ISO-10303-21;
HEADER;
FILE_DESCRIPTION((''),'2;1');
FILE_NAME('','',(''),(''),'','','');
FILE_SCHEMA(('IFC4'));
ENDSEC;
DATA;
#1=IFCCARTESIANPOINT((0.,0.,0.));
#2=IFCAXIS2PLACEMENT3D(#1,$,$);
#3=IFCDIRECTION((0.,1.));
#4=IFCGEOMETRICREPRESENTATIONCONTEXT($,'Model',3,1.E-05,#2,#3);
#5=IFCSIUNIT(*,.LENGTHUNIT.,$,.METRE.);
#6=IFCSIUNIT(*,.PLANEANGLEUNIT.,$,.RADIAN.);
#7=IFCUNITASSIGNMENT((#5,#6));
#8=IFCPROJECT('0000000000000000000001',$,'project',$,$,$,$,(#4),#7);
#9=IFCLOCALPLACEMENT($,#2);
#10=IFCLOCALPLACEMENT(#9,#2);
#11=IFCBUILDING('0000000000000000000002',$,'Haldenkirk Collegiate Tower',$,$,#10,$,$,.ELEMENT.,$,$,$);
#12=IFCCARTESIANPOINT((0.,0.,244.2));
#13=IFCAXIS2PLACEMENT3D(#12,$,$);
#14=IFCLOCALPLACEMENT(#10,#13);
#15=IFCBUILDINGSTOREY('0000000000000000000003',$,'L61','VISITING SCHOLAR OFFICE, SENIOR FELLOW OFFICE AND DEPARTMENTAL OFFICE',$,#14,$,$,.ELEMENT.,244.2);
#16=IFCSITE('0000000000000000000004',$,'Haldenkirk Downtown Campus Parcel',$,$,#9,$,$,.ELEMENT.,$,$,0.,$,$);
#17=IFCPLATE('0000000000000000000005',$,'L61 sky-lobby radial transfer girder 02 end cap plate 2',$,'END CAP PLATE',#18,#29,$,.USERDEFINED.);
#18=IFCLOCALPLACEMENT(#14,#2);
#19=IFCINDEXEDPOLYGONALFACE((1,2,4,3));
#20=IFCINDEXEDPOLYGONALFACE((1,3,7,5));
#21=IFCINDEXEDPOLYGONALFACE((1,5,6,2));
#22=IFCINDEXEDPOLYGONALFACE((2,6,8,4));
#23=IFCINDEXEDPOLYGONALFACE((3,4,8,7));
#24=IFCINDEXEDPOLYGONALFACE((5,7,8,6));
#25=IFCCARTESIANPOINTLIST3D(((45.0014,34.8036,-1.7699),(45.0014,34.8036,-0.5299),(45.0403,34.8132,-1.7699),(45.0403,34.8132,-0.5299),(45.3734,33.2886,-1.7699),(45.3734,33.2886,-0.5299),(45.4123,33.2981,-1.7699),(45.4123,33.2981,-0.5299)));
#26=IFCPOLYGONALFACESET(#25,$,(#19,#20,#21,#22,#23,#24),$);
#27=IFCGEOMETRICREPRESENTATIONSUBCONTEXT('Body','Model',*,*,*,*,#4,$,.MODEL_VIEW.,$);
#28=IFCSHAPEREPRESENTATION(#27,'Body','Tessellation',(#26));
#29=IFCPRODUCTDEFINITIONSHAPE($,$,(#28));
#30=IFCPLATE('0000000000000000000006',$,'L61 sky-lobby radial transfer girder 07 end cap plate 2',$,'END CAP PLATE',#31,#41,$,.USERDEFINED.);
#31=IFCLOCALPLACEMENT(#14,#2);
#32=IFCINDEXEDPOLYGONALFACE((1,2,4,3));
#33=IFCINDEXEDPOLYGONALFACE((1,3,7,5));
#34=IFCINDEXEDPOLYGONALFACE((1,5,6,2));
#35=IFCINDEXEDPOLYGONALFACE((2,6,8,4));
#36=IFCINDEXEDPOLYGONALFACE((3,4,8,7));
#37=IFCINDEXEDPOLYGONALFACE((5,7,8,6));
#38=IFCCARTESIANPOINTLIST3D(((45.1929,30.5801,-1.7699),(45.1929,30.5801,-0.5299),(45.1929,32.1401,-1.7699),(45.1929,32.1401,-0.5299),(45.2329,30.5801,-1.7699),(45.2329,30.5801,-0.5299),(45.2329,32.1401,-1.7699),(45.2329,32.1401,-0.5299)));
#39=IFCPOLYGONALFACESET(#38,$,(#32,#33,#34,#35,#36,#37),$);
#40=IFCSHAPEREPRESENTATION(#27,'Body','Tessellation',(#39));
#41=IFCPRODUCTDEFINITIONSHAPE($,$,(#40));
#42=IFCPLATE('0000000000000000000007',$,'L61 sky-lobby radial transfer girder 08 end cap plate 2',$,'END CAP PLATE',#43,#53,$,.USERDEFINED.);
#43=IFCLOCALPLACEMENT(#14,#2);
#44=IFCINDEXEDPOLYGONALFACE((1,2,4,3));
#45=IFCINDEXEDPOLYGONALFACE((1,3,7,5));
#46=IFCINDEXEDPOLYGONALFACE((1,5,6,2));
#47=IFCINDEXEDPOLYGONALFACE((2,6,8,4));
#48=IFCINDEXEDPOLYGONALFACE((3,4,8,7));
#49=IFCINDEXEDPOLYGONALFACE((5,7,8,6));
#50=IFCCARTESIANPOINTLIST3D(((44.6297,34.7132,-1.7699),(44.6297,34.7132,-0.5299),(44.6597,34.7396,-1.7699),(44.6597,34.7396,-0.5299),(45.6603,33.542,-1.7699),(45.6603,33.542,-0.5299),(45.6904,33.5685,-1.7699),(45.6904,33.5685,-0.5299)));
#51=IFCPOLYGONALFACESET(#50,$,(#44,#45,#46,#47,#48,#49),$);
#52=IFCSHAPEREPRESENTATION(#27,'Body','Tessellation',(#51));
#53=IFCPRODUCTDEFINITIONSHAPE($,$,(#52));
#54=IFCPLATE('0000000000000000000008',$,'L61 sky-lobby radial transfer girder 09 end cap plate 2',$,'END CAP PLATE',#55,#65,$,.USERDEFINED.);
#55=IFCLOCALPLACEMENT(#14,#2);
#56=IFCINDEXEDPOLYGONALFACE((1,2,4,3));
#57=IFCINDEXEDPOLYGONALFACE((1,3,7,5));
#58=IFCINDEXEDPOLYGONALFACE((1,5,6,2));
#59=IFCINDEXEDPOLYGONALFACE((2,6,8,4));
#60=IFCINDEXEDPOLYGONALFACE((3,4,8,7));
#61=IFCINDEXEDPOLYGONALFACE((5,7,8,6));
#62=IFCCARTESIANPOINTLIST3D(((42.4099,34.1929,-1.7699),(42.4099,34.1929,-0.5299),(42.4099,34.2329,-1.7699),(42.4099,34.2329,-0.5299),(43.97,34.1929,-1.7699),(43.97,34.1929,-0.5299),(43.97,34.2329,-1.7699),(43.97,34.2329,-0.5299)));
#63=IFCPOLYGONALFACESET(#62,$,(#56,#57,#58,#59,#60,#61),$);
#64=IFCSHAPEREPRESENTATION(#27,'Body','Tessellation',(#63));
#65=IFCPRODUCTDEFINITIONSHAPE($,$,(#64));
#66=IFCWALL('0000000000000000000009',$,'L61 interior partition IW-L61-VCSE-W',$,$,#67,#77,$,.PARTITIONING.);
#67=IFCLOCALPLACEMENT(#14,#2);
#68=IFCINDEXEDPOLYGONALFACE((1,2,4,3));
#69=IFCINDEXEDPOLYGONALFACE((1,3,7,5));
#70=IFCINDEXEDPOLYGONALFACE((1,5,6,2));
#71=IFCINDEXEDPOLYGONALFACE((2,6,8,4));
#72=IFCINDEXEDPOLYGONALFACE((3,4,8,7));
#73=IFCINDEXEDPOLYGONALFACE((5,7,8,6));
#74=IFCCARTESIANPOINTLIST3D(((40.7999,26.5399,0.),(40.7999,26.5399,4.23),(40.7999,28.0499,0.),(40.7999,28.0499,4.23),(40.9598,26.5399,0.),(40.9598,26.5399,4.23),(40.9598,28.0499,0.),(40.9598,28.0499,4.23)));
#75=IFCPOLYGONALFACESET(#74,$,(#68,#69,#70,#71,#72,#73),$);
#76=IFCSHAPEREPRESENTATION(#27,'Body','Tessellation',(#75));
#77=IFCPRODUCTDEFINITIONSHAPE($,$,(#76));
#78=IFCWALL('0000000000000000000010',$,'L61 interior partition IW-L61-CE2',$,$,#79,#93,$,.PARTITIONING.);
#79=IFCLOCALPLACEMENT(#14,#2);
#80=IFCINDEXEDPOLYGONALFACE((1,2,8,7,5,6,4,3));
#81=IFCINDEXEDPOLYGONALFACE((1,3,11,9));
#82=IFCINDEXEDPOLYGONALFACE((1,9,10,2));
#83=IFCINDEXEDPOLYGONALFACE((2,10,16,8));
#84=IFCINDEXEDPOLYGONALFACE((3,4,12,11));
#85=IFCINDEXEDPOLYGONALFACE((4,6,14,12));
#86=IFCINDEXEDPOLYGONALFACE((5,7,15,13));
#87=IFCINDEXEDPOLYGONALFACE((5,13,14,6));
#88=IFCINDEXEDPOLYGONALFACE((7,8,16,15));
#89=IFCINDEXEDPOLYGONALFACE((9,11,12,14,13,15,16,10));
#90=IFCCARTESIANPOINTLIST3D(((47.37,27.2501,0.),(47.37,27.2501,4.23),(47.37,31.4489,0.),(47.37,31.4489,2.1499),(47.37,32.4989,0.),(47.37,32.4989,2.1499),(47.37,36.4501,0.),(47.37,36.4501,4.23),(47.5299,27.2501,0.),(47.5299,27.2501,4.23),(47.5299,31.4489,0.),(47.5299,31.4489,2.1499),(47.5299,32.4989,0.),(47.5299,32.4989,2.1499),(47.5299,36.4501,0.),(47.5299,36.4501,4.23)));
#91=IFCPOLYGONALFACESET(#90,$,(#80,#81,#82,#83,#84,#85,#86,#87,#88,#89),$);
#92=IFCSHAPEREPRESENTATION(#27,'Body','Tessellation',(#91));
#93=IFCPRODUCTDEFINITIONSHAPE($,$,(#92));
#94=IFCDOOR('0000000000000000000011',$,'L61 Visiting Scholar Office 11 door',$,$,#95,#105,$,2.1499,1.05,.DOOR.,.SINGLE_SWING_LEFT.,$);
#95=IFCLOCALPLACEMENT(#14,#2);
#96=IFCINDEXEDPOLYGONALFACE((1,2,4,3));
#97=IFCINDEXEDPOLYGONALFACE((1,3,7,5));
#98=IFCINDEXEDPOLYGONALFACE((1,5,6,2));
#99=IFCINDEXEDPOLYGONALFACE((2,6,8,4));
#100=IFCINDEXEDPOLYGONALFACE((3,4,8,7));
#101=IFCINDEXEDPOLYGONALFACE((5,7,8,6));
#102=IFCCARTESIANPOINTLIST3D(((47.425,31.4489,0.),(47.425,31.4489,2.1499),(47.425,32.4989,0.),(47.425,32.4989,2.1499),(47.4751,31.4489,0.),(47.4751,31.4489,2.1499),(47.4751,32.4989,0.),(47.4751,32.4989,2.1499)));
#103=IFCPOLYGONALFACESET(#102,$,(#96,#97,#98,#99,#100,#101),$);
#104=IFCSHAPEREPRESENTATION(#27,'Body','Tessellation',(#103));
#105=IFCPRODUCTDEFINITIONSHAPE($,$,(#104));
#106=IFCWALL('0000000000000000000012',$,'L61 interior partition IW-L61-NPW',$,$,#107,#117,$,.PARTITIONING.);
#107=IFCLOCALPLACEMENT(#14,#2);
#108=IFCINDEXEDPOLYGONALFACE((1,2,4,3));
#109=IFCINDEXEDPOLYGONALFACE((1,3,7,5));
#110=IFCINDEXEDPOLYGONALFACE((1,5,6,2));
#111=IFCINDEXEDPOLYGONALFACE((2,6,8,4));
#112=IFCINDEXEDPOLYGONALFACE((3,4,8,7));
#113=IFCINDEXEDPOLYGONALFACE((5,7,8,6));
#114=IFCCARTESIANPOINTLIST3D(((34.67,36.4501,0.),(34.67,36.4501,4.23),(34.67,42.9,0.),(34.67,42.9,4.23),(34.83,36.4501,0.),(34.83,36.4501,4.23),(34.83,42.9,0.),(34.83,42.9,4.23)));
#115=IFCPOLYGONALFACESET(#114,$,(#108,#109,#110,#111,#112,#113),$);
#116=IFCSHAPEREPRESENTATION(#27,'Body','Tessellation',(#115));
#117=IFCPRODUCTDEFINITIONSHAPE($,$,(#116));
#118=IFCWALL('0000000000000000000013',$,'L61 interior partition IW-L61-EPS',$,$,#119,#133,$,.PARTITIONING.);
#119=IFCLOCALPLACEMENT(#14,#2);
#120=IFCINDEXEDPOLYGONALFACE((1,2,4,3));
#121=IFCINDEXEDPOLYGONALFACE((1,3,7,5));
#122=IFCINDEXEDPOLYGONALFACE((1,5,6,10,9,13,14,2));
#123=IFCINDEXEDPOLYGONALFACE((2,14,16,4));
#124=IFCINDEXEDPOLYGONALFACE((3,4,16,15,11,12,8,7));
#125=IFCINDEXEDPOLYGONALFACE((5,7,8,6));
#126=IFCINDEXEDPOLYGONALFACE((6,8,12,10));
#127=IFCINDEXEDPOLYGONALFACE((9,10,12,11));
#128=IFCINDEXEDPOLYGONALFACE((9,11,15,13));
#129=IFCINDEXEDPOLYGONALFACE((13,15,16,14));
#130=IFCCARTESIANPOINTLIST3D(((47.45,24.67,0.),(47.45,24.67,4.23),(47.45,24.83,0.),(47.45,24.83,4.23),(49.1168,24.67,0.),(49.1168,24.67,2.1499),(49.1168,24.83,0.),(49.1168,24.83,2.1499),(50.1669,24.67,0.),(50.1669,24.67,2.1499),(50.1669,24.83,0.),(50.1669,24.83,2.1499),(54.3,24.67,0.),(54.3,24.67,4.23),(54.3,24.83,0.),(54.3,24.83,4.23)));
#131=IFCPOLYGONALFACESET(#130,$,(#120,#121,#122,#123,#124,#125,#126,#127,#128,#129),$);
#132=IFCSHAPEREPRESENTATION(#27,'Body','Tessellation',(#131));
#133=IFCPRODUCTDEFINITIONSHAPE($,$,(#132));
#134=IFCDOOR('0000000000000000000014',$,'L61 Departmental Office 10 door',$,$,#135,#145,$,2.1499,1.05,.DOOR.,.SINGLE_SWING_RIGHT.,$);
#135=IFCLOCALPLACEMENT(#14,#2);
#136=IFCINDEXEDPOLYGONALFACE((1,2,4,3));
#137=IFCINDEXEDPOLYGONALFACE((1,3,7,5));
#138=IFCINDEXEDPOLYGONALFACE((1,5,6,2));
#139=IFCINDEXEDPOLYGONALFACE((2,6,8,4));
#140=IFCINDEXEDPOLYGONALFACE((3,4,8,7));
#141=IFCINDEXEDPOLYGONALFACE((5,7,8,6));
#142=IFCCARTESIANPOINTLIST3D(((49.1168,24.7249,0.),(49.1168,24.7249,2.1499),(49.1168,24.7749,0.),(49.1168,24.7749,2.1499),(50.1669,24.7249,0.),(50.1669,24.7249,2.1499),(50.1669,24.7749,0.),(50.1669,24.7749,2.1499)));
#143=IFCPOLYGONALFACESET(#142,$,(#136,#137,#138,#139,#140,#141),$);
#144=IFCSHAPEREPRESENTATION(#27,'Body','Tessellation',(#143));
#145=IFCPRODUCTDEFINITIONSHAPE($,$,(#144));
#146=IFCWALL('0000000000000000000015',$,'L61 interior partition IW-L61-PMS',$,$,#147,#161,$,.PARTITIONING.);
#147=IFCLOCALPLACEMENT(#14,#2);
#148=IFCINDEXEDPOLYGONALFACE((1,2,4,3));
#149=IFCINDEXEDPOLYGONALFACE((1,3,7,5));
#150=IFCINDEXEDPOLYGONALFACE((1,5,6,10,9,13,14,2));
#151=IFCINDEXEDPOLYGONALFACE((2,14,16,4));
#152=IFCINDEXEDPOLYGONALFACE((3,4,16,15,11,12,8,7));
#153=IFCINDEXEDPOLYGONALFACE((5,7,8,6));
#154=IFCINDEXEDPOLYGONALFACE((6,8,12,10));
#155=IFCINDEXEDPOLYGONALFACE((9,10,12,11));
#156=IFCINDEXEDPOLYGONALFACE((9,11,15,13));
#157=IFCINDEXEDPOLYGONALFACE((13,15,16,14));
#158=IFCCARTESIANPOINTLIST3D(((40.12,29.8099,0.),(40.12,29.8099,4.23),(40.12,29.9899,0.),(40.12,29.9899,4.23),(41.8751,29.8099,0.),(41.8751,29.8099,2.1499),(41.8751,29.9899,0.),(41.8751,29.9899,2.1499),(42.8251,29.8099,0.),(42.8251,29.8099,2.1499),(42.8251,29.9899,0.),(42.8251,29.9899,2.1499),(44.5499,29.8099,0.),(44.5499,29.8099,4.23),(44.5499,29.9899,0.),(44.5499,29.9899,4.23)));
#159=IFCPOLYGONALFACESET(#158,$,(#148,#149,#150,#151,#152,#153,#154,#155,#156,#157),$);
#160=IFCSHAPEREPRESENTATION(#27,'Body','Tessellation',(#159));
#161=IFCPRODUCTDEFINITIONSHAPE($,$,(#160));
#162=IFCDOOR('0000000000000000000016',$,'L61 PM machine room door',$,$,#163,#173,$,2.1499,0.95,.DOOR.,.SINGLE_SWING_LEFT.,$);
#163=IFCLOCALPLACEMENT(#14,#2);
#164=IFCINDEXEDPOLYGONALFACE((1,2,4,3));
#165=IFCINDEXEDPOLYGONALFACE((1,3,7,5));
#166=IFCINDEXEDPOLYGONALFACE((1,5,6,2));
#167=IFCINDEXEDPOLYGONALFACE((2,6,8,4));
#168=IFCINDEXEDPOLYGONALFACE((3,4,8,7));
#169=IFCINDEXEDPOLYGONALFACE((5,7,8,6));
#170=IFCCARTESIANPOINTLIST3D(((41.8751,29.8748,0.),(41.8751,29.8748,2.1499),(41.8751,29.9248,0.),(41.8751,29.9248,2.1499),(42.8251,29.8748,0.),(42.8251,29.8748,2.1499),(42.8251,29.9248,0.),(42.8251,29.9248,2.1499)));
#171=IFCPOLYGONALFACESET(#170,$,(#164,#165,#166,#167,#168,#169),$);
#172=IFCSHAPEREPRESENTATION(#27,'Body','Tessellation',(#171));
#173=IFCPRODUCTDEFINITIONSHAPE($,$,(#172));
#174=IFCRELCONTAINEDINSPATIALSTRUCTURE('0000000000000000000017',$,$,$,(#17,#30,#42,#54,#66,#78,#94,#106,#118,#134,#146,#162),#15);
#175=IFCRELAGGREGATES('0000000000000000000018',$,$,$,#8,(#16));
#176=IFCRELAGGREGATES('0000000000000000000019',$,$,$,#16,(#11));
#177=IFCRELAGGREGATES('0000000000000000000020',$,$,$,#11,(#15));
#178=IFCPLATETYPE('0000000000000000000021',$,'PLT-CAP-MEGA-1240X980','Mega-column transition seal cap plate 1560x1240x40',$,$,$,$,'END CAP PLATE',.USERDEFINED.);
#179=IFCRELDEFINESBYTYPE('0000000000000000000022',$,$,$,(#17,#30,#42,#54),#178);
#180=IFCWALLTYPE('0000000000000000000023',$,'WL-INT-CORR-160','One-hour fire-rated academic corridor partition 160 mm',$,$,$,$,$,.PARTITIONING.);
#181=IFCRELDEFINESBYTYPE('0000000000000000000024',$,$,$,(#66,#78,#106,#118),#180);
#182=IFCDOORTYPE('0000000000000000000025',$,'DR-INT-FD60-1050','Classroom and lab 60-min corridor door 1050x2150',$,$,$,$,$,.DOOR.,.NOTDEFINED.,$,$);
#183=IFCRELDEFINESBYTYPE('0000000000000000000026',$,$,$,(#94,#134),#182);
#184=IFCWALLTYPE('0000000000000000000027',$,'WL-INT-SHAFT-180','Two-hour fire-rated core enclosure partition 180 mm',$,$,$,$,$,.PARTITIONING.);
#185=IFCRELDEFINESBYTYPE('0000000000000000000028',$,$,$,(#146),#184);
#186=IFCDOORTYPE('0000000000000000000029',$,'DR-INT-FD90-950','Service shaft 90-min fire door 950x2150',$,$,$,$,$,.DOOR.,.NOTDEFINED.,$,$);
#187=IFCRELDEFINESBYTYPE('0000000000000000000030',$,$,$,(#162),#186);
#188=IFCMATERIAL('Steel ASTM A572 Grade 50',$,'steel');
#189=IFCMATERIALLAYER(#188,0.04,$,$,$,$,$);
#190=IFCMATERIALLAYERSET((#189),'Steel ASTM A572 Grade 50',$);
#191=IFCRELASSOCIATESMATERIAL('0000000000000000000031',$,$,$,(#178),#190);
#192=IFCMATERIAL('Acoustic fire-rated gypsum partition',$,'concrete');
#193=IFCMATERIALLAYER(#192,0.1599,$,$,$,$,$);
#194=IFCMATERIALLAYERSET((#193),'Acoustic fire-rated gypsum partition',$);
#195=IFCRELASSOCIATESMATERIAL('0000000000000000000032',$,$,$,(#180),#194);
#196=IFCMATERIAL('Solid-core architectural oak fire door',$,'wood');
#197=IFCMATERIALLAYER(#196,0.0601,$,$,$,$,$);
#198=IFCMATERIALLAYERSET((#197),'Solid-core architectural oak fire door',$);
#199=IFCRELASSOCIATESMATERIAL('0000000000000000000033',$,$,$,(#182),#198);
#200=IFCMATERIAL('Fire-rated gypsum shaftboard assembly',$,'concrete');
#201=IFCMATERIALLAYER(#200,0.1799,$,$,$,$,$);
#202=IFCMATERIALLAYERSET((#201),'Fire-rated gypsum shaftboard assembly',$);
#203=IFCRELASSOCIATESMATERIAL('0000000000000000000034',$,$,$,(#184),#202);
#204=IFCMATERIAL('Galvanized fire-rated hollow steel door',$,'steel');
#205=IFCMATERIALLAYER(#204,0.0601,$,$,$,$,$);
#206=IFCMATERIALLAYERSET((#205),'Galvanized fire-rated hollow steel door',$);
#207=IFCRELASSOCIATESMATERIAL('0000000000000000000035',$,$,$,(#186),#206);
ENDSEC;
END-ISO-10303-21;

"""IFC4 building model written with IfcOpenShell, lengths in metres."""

from ifc_helpers import new_model, si_unit, direction, frame, frame_2d, origin, origin_2d, place, context, subcontext, project, spatial, rectangle, extrude, source, transform, mapped, material, layer, layer_set, type_object, element, fill, save


model = new_model("IFC4")

# Units and contexts
model_context = context("Model", 3, precision=1e-05, world=origin(), true_north=direction((0.0, 1.0)))
body_context = subcontext(model_context, "Body", "Model", "MODEL_VIEW")
ifc_project = project(units=[si_unit("LENGTHUNIT", "METRE"), si_unit("PLANEANGLEUNIT", "RADIAN")], contexts=[model_context])

# Site, building, storey
site_placement = place(None, origin())
site = spatial("IfcSite", under=ifc_project, at=site_placement, Name="Haldenkirk Downtown Campus Parcel", CompositionType="ELEMENT", RefElevation=0.0)
building_placement = place(site_placement, origin())
building = spatial("IfcBuilding", under=site, at=building_placement, Name="Haldenkirk Collegiate Tower", CompositionType="ELEMENT")
storey_placement = place(building_placement, frame((0.0, 0.0, 244.2)))
storey = spatial("IfcBuildingStorey", under=building, at=storey_placement, Name="L61", Description="VISITING SCHOLAR OFFICE, SENIOR FELLOW OFFICE AND DEPARTMENTAL OFFICE", CompositionType="ELEMENT", Elevation=244.2)

# Plates
ifc_material_1 = material(Name="Steel ASTM A572 Grade 50", Category="steel")
ifc_layer_1 = layer(ifc_material_1, 0.04)
ifc_layer_set_1 = layer_set([ifc_layer_1], Name="Steel ASTM A572 Grade 50")
plate_type = type_object("IfcPlateType", Name="PLT-CAP-MEGA-1240X980", Description="Mega-column transition seal cap plate 1560x1240x40", ElementType="END CAP PLATE", PredefinedType="USERDEFINED", material=ifc_layer_set_1)
shared_shape = source(origin(), body_context, "Body", "SweptSolid", [
    extrude(rectangle(XDim=1.5601, YDim=1.24, at=origin_2d()), origin(), (0.0, 0.0, 1.0), 0.04),
])
for number, where, z_axis, x_axis, name in (
    (1, (45.2263, 34.0557, -1.1499), (-0.971157, -0.238442, 0.0), (0.238442, -0.971157, 0.0), "L61 sky-lobby radial transfer girder 02 end cap plate 2"),
    (2, (45.2329, 31.3601, -1.1499), (-1.0, 0.0, 0.0), (0.0, -1.0, 0.0), "L61 sky-lobby radial transfer girder 07 end cap plate 2"),
    (3, (45.175, 34.1541, -1.1499), (-0.750685, -0.66066, 0.0), (0.66066, -0.750685, 0.0), "L61 sky-lobby radial transfer girder 08 end cap plate 2"),
    (4, (43.1899, 34.2329, -1.1499), (0.0, -1.0, 0.0), (1.0, 0.0, 0.0), "L61 sky-lobby radial transfer girder 09 end cap plate 2"),
):
    element("IfcPlate", number, at=place(storey_placement, frame(where, z_axis=z_axis, x_axis=x_axis)), inside=storey, type_object=plate_type, Name=name, ObjectType="END CAP PLATE", PredefinedType="USERDEFINED", context=body_context, shape_type="MappedRepresentation", body=[
        mapped(shared_shape, transform((0.0, 0.0, 0.0), x_axis=(1.0, 0.0, 0.0), y_axis=(0.0, 1.0, 0.0), z_axis=(0.0, 0.0, 1.0), scale=1.0)),
    ])

# Shared definitions
ifc_material_2 = material(Name="Acoustic fire-rated gypsum partition", Category="concrete")
ifc_layer_2 = layer(ifc_material_2, 0.1599)
ifc_layer_set_2 = layer_set([ifc_layer_2], Name="Acoustic fire-rated gypsum partition")
wall_type_1 = type_object("IfcWallType", Name="WL-INT-CORR-160", Description="One-hour fire-rated academic corridor partition 160 mm", PredefinedType="PARTITIONING", material=ifc_layer_set_2)
ifc_material_3 = material(Name="Solid-core architectural oak fire door", Category="wood")

# Wall
wall_1_placement = place(storey_placement, frame((40.8799, 26.54, 0.0), z_axis=(0.0, 0.0, 1.0), x_axis=(0.0, 1.0, 0.0)))
element("IfcWall", 5, at=wall_1_placement, inside=storey, type_object=wall_type_1, Name="L61 interior partition IW-L61-VCSE-W", PredefinedType="PARTITIONING", context=body_context, shape_type="SweptSolid", body=[
    extrude(rectangle(XDim=1.51, YDim=0.1599, at=frame_2d((0.7549, 0.0))), origin(), (0.0, 0.0, 1.0), 4.23),
])

# Wall, opening, door
wall_2_placement = place(storey_placement, frame((47.45, 27.25, 0.0), z_axis=(0.0, 0.0, 1.0), x_axis=(0.0, 1.0, 0.0)))
wall_2 = element("IfcWall", 6, at=wall_2_placement, inside=storey, type_object=wall_type_1, Name="L61 interior partition IW-L61-CE2", PredefinedType="PARTITIONING", context=body_context, shape_type="SweptSolid", body=[
    extrude(rectangle(XDim=9.2, YDim=0.1599, at=frame_2d((4.6001, 0.0))), origin(), (0.0, 0.0, 1.0), 4.23),
])
opening_1_placement = place(wall_2_placement, frame((4.199, 0.0, 0.0)))
opening_1 = element("IfcOpeningElement", 7, at=opening_1_placement, cuts=wall_2, PredefinedType="OPENING", context=body_context, shape_type="SweptSolid", body=[
    extrude(rectangle(XDim=1.05, YDim=2.1499, at=frame_2d((0.5249, 1.075))), frame((0.0, 0.0898, 0.0), z_axis=(0.0, -1.0, 0.0), x_axis=(1.0, 0.0, 0.0)), (0.0, 0.0, 1.0), 0.1799),
])
ifc_layer_3 = layer(ifc_material_3, 0.0601)
ifc_layer_set_3 = layer_set([ifc_layer_3], Name="Solid-core architectural oak fire door")
door_type_1 = type_object("IfcDoorType", Name="DR-INT-FD60-1050", Description="Classroom and lab 60-min corridor door 1050x2150", OperationType="NOTDEFINED", PredefinedType="DOOR", material=ifc_layer_set_3)
door_1_placement = place(opening_1_placement, origin())
door_1 = element("IfcDoor", 8, at=door_1_placement, inside=storey, type_object=door_type_1, Name="L61 Visiting Scholar Office 11 door", OperationType="SINGLE_SWING_LEFT", OverallHeight=2.1499, OverallWidth=1.05, PredefinedType="DOOR", context=body_context, shape_type="SweptSolid", body=[
    extrude(rectangle(XDim=1.05, YDim=2.1499, at=frame_2d((0.5249, 1.075))), frame((0.0, 0.0249, 0.0), z_axis=(0.0, -1.0, 0.0), x_axis=(1.0, 0.0, 0.0)), (0.0, 0.0, 1.0), 0.05),
])
fill(opening_1, door_1)

# Wall
wall_3_placement = place(storey_placement, frame((34.75, 36.45, 0.0), z_axis=(0.0, 0.0, 1.0), x_axis=(0.0, 1.0, 0.0)))
element("IfcWall", 9, at=wall_3_placement, inside=storey, type_object=wall_type_1, Name="L61 interior partition IW-L61-NPW", PredefinedType="PARTITIONING", context=body_context, shape_type="SweptSolid", body=[
    extrude(rectangle(XDim=6.45, YDim=0.1599, at=frame_2d((3.2251, 0.0))), origin(), (0.0, 0.0, 1.0), 4.23),
])

# Walls, openings, doors
wall_4_placement = place(storey_placement, frame((47.45, 24.75, 0.0), z_axis=(0.0, 0.0, 1.0), x_axis=(1.0, 0.0, 0.0)))
wall_4 = element("IfcWall", 10, at=wall_4_placement, inside=storey, type_object=wall_type_1, Name="L61 interior partition IW-L61-EPS", PredefinedType="PARTITIONING", context=body_context, shape_type="SweptSolid", body=[
    extrude(rectangle(XDim=6.8501, YDim=0.1599, at=frame_2d((3.425, 0.0))), origin(), (0.0, 0.0, 1.0), 4.23),
])
opening_2_placement = place(wall_4_placement, frame((1.667, 0.0, 0.0)))
opening_2 = element("IfcOpeningElement", 11, at=opening_2_placement, cuts=wall_4, PredefinedType="OPENING", context=body_context, shape_type="SweptSolid", body=[
    extrude(rectangle(XDim=1.05, YDim=2.1499, at=frame_2d((0.5249, 1.075))), frame((0.0, 0.0898, 0.0), z_axis=(0.0, -1.0, 0.0), x_axis=(1.0, 0.0, 0.0)), (0.0, 0.0, 1.0), 0.1799),
])
door_2_placement = place(opening_2_placement, origin())
door_2 = element("IfcDoor", 12, at=door_2_placement, inside=storey, type_object=door_type_1, Name="L61 Departmental Office 10 door", OperationType="SINGLE_SWING_RIGHT", OverallHeight=2.1499, OverallWidth=1.05, PredefinedType="DOOR", context=body_context, shape_type="SweptSolid", body=[
    extrude(rectangle(XDim=1.05, YDim=2.1499, at=frame_2d((0.5249, 1.075))), frame((0.0, 0.0249, 0.0), z_axis=(0.0, -1.0, 0.0), x_axis=(1.0, 0.0, 0.0)), (0.0, 0.0, 1.0), 0.05),
])
fill(opening_2, door_2)
ifc_material_4 = material(Name="Fire-rated gypsum shaftboard assembly", Category="concrete")
ifc_layer_4 = layer(ifc_material_4, 0.1799)
ifc_layer_set_4 = layer_set([ifc_layer_4], Name="Fire-rated gypsum shaftboard assembly")
wall_type_2 = type_object("IfcWallType", Name="WL-INT-SHAFT-180", Description="Two-hour fire-rated core enclosure partition 180 mm", PredefinedType="PARTITIONING", material=ifc_layer_set_4)
wall_5_placement = place(storey_placement, frame((40.1201, 29.8999, 0.0), z_axis=(0.0, 0.0, 1.0), x_axis=(1.0, 0.0, 0.0)))
wall_5 = element("IfcWall", 13, at=wall_5_placement, inside=storey, type_object=wall_type_2, Name="L61 interior partition IW-L61-PMS", PredefinedType="PARTITIONING", context=body_context, shape_type="SweptSolid", body=[
    extrude(rectangle(XDim=4.4299, YDim=0.1799, at=frame_2d((2.2148, 0.0))), origin(), (0.0, 0.0, 1.0), 4.23),
])
opening_3_placement = place(wall_5_placement, frame((1.7549, 0.0, 0.0)))
opening_3 = element("IfcOpeningElement", 14, at=opening_3_placement, cuts=wall_5, PredefinedType="OPENING", context=body_context, shape_type="SweptSolid", body=[
    extrude(rectangle(XDim=0.95, YDim=2.1499, at=frame_2d((0.4751, 1.075))), frame((0.0, 0.0999, 0.0), z_axis=(0.0, -1.0, 0.0), x_axis=(1.0, 0.0, 0.0)), (0.0, 0.0, 1.0), 0.2),
])
ifc_material_5 = material(Name="Galvanized fire-rated hollow steel door", Category="steel")
ifc_layer_5 = layer(ifc_material_5, 0.0601)
ifc_layer_set_5 = layer_set([ifc_layer_5], Name="Galvanized fire-rated hollow steel door")
door_type_2 = type_object("IfcDoorType", Name="DR-INT-FD90-950", Description="Service shaft 90-min fire door 950x2150", OperationType="NOTDEFINED", PredefinedType="DOOR", material=ifc_layer_set_5)
door_3_placement = place(opening_3_placement, origin())
door_3 = element("IfcDoor", 15, at=door_3_placement, inside=storey, type_object=door_type_2, Name="L61 PM machine room door", OperationType="SINGLE_SWING_LEFT", OverallHeight=2.1499, OverallWidth=0.95, PredefinedType="DOOR", context=body_context, shape_type="SweptSolid", body=[
    extrude(rectangle(XDim=0.95, YDim=2.1499, at=frame_2d((0.4751, 1.075))), frame((0.0, 0.0249, 0.0), z_axis=(0.0, -1.0, 0.0), x_axis=(1.0, 0.0, 0.0)), (0.0, 0.0, 1.0), 0.05),
])
fill(opening_3, door_3)

save(model, "model.ifc")
